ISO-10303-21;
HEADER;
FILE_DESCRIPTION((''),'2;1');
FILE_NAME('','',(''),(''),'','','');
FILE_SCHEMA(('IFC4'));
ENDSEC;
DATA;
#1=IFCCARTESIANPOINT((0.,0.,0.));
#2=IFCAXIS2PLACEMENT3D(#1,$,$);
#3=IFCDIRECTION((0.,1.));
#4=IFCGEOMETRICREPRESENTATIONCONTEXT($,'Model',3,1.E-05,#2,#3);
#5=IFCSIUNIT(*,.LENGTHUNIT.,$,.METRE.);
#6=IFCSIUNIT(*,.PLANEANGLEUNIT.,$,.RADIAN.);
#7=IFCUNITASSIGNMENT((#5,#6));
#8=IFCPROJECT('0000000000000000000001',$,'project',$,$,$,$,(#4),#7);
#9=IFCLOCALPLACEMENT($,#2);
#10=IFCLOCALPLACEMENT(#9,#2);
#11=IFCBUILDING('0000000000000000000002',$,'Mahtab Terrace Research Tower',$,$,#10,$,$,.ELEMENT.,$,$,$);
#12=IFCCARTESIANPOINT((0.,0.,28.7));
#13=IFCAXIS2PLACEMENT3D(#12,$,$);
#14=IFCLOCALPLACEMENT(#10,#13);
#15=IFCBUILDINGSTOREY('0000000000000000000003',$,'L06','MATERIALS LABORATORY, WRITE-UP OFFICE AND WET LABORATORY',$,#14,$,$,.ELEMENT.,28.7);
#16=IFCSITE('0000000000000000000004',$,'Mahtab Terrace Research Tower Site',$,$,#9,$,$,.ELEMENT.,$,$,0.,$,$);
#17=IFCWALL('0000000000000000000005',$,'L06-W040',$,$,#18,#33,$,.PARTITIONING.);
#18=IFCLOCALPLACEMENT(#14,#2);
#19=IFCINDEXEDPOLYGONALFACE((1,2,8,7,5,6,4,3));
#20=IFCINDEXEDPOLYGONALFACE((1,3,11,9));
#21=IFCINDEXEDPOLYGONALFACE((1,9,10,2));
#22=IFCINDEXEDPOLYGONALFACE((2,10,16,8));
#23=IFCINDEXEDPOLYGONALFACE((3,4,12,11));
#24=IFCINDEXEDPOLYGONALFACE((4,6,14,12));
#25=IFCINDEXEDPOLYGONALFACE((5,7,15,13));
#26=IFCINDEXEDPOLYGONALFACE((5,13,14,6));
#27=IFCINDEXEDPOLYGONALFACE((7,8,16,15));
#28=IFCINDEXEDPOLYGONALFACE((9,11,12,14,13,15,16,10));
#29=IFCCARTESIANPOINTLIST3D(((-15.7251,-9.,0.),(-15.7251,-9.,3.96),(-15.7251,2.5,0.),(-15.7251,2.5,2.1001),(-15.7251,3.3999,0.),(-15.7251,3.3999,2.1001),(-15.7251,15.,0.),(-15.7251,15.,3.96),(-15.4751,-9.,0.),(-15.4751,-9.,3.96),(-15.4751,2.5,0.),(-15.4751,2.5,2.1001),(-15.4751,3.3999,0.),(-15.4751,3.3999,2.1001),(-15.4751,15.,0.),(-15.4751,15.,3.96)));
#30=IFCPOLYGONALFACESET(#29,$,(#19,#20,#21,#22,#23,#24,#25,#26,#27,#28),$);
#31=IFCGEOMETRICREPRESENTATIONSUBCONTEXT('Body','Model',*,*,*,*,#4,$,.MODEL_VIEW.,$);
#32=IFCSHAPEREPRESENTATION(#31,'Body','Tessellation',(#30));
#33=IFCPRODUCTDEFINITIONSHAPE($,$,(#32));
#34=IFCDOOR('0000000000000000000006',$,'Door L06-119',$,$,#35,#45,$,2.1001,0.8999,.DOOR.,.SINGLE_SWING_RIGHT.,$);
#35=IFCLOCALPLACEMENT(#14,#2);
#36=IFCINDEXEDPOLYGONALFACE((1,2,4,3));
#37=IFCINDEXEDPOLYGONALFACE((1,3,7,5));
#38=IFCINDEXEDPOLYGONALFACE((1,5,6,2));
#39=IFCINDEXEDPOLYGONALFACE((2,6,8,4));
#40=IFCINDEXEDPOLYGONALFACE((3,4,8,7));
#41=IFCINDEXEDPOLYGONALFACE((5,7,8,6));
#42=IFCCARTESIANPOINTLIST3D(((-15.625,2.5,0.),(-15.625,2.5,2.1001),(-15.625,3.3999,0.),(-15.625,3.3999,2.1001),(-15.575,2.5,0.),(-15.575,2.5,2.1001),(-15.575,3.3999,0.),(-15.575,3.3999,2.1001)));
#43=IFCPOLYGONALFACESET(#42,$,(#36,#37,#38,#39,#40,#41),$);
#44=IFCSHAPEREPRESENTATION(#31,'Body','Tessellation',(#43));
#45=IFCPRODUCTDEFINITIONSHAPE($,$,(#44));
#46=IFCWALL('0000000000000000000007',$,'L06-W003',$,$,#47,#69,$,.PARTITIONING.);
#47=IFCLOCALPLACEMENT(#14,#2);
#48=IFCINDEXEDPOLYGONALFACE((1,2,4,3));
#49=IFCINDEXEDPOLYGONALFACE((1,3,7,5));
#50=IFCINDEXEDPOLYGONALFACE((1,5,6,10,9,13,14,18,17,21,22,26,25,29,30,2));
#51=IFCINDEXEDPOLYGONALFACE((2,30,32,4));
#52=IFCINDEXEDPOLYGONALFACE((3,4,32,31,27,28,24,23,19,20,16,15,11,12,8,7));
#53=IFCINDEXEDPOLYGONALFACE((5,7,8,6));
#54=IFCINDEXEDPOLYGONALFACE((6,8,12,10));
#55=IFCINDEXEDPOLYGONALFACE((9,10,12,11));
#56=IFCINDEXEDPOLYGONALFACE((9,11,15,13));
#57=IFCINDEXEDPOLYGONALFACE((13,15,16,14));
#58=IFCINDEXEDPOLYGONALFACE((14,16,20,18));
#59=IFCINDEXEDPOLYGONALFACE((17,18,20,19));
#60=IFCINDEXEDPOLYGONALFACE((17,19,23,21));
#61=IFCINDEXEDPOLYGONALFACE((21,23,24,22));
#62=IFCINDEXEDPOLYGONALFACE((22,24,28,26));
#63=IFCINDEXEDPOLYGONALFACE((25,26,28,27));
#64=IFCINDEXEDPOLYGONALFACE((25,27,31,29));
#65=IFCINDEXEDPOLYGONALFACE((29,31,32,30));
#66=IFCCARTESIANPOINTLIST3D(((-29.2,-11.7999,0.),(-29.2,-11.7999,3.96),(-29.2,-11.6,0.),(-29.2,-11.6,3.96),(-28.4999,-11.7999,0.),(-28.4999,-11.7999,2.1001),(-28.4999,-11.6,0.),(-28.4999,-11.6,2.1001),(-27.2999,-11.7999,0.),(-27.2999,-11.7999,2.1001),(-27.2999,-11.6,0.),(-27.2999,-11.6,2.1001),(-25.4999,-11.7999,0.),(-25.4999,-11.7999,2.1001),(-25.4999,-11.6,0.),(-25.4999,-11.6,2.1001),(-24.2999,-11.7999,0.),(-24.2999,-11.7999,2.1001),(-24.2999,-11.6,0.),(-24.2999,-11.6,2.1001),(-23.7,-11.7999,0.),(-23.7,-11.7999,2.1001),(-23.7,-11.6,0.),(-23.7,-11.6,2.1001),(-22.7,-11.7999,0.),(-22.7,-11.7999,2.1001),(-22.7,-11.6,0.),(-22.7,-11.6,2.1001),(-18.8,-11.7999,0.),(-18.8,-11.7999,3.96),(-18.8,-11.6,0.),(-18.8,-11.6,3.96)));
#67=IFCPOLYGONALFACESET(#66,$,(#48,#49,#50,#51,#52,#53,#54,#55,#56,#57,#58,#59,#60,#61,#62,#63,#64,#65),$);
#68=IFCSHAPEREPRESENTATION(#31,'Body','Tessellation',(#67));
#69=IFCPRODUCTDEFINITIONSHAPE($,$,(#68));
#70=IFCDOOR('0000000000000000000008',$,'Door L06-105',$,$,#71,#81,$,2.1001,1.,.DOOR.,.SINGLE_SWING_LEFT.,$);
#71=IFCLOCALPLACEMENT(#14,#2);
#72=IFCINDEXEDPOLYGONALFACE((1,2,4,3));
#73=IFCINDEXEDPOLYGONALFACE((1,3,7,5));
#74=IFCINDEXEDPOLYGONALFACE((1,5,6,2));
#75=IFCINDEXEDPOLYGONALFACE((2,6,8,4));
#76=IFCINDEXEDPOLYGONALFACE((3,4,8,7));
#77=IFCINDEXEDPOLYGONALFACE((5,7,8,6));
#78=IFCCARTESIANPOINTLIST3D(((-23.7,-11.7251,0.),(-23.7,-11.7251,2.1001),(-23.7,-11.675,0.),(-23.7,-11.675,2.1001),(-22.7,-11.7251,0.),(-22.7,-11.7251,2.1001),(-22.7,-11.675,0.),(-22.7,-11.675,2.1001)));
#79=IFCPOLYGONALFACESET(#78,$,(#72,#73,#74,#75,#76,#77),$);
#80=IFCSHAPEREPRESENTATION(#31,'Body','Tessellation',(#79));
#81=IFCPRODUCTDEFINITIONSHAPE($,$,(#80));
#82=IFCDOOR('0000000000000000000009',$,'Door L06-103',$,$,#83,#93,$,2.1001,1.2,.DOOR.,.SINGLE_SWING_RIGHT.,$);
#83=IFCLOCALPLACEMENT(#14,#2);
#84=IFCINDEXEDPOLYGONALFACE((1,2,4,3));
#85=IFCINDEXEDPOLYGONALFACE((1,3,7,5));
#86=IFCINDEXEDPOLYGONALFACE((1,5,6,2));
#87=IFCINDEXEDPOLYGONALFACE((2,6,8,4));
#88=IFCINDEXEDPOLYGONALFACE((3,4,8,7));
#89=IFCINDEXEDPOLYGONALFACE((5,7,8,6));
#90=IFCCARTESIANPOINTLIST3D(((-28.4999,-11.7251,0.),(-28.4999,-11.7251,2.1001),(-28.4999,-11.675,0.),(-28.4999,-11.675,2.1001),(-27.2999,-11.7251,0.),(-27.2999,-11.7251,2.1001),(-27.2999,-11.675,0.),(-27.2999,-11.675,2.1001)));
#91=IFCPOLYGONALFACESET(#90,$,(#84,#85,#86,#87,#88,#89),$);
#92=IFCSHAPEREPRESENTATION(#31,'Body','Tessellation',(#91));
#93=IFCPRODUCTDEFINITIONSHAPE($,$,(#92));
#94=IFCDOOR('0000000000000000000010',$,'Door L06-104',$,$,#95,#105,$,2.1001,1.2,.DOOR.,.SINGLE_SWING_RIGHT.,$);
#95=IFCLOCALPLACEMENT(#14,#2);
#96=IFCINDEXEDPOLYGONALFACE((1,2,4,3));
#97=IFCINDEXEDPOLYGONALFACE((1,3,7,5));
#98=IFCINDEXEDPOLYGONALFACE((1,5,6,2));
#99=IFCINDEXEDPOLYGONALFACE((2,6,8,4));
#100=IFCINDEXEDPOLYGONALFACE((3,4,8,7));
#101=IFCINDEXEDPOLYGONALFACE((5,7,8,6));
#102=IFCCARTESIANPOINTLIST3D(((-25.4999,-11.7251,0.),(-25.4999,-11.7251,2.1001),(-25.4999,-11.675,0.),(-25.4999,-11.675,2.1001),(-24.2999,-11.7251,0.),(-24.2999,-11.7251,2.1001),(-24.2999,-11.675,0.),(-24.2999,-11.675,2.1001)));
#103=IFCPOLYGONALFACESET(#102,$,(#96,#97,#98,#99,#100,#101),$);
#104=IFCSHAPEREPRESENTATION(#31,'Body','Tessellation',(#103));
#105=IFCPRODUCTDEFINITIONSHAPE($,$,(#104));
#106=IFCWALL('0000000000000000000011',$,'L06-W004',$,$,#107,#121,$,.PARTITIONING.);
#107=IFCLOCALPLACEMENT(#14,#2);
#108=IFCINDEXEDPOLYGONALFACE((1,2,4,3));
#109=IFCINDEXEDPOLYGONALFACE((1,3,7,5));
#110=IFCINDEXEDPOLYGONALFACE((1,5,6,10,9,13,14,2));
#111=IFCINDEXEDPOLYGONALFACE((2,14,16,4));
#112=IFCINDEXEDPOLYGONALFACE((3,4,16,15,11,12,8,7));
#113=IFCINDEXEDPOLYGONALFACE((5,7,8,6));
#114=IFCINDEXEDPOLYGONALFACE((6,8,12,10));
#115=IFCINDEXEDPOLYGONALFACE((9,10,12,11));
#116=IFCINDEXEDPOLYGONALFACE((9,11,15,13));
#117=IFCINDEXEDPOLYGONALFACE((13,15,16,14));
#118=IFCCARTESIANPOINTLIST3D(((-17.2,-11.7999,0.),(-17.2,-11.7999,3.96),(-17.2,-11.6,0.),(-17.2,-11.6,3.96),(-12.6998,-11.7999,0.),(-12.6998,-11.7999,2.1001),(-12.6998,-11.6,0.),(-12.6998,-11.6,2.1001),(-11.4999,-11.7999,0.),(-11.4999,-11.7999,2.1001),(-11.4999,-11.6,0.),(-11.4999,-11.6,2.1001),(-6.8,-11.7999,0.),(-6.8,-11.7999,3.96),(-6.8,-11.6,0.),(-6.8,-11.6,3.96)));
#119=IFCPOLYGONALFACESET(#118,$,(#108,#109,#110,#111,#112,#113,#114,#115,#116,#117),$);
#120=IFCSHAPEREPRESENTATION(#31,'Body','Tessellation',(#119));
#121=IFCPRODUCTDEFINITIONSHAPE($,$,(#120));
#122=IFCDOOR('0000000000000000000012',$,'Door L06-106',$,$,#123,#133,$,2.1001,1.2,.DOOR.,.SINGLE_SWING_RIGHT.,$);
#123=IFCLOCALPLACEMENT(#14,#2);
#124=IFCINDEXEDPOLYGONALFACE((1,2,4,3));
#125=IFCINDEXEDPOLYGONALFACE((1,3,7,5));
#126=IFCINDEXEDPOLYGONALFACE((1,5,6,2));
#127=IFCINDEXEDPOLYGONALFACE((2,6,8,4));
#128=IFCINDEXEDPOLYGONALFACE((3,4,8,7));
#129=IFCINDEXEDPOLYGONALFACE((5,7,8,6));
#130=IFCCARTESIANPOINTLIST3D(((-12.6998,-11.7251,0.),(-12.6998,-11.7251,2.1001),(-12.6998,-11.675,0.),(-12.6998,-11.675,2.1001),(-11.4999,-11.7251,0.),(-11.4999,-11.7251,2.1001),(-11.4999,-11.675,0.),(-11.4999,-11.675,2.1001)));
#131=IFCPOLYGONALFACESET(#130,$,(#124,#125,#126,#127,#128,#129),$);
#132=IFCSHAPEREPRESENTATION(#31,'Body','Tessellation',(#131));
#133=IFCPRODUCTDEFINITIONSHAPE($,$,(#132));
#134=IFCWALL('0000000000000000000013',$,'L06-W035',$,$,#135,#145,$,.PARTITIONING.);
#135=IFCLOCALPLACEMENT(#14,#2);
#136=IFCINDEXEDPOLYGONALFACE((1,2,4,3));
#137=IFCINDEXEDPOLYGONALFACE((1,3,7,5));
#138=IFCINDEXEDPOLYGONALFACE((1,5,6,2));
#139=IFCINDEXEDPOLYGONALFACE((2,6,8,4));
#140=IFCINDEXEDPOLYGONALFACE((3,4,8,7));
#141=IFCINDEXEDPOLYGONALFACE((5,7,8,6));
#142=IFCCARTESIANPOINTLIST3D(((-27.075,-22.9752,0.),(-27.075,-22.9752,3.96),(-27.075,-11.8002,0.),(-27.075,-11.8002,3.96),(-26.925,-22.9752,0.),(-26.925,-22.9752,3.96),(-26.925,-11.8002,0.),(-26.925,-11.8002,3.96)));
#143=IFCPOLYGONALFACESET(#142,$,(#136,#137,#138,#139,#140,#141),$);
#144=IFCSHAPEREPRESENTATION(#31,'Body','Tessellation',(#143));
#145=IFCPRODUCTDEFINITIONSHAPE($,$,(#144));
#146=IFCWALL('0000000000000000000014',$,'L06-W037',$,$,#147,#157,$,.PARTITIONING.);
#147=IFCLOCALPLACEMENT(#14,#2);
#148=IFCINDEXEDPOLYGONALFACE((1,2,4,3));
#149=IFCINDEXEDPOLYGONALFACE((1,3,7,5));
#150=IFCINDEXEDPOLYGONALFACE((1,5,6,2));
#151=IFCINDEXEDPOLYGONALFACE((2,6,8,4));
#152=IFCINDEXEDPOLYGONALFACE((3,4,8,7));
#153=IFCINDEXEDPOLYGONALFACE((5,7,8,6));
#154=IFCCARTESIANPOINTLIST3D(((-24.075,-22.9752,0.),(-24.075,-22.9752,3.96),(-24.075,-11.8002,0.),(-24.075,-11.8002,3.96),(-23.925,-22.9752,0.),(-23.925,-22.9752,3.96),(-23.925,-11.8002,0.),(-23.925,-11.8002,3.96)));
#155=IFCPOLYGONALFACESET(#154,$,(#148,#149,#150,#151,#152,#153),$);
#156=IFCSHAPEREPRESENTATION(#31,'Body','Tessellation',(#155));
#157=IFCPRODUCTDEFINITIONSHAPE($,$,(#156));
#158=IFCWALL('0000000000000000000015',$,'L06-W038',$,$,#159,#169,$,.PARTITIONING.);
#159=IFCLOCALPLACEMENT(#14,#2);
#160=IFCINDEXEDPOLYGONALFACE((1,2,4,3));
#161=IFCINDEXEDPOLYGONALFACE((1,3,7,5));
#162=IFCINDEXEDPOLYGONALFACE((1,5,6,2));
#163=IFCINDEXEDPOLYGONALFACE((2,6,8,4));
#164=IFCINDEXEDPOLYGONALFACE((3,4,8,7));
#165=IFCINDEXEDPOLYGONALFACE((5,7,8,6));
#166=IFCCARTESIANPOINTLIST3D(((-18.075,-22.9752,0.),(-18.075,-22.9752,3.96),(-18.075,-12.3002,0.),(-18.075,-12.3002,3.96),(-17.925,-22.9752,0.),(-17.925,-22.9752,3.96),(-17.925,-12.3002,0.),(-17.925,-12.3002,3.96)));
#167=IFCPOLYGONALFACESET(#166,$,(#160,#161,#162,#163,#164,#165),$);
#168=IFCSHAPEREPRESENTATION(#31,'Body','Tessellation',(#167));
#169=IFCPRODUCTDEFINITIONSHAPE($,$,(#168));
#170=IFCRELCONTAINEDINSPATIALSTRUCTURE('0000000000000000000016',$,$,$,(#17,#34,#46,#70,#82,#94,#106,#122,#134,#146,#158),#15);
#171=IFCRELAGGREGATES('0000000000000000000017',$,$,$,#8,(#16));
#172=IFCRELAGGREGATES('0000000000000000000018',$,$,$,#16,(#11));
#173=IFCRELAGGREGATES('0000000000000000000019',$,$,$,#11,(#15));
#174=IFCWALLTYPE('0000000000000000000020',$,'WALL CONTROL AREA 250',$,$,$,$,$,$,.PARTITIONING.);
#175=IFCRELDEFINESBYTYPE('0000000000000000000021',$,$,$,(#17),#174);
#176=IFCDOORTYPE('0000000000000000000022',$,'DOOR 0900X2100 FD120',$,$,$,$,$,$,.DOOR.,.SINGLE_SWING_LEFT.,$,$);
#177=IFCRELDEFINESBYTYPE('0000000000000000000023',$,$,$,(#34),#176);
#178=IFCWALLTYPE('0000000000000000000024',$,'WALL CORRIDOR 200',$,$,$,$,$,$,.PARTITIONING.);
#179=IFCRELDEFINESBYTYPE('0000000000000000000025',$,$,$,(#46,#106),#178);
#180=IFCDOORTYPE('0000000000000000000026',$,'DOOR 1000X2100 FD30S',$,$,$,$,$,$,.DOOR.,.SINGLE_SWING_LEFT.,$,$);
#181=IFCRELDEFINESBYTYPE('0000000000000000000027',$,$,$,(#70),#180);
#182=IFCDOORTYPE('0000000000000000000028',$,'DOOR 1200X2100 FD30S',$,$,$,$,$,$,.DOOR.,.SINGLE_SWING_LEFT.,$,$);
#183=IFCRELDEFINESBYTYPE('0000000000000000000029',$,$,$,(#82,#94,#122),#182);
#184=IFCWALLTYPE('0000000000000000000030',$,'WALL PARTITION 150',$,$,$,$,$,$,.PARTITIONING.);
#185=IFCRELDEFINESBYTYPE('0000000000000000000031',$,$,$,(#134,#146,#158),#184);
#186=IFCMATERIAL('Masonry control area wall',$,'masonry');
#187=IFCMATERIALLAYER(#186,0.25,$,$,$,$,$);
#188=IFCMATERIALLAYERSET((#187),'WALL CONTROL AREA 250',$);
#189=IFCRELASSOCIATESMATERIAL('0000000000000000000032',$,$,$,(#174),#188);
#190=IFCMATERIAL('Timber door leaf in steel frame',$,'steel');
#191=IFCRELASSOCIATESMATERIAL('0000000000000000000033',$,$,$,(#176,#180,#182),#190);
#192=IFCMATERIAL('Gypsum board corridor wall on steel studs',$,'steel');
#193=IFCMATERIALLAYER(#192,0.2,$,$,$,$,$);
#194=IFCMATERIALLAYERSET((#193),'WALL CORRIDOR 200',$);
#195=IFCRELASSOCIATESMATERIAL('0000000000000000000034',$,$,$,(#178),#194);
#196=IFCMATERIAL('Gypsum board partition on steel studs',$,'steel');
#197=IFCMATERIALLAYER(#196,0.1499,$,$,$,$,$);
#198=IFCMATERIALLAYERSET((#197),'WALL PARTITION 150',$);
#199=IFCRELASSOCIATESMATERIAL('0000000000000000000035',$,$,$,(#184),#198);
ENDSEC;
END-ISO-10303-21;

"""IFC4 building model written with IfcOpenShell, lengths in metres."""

from ifc_helpers import new_model, si_unit, direction, frame, frame_2d, origin, place, context, subcontext, project, spatial, rectangle, extrude, material, layer, layer_set, type_object, element, fill, save


model = new_model("IFC4")

# Units and contexts
model_context = context("Model", 3, precision=1e-05, world=origin(), true_north=direction((0.0, 1.0)))
body_context = subcontext(model_context, "Body", "Model", "MODEL_VIEW")
ifc_project = project(units=[si_unit("LENGTHUNIT", "METRE"), si_unit("PLANEANGLEUNIT", "RADIAN")], contexts=[model_context])

# Site, building, storey
site_placement = place(None, origin())
site = spatial("IfcSite", under=ifc_project, at=site_placement, Name="Mahtab Terrace Research Tower Site", CompositionType="ELEMENT", RefElevation=0.0)
building_placement = place(site_placement, origin())
building = spatial("IfcBuilding", under=site, at=building_placement, Name="Mahtab Terrace Research Tower", CompositionType="ELEMENT")
storey_placement = place(building_placement, frame((0.0, 0.0, 28.7)))
storey = spatial("IfcBuildingStorey", under=building, at=storey_placement, Name="L06", Description="MATERIALS LABORATORY, WRITE-UP OFFICE AND WET LABORATORY", CompositionType="ELEMENT", Elevation=28.7)

# Shared definitions
ifc_material_1 = material(Name="Masonry control area wall", Category="masonry")
ifc_layer_1 = layer(ifc_material_1, 0.25)
ifc_layer_set_1 = layer_set([ifc_layer_1], Name="WALL CONTROL AREA 250")
wall_type_1 = type_object("IfcWallType", Name="WALL CONTROL AREA 250", PredefinedType="PARTITIONING", material=ifc_layer_set_1)

# Wall, opening, door
wall_1_placement = place(storey_placement, frame((-15.6001, -9.0, 0.0), z_axis=(0.0, 0.0, 1.0), x_axis=(0.0, 1.0, 0.0)))
wall_1 = element("IfcWall", 1, at=wall_1_placement, inside=storey, type_object=wall_type_1, Name="L06-W040", PredefinedType="PARTITIONING", context=body_context, shape_type="SweptSolid", body=[
    extrude(rectangle(XDim=24.0, YDim=0.25, at=frame_2d((12.0, 0.0))), origin(), (0.0, 0.0, 1.0), 3.96),
])
opening_1_placement = place(wall_1_placement, frame((11.5, 0.0, 0.0)))
opening_1 = element("IfcOpeningElement", 2, at=opening_1_placement, cuts=wall_1, PredefinedType="OPENING", context=body_context, shape_type="SweptSolid", body=[
    extrude(rectangle(XDim=0.8999, YDim=2.1001, at=frame_2d((0.45, 1.05))), frame((0.0, 0.135, 0.0), z_axis=(0.0, -1.0, 0.0), x_axis=(1.0, 0.0, 0.0)), (0.0, 0.0, 1.0), 0.27),
])
ifc_material_2 = material(Name="Timber door leaf in steel frame", Category="steel")
door_type_1 = type_object("IfcDoorType", Name="DOOR 0900X2100 FD120", OperationType="SINGLE_SWING_LEFT", PredefinedType="DOOR", material=ifc_material_2)
door_1_placement = place(opening_1_placement, origin())
door_1 = element("IfcDoor", 3, at=door_1_placement, inside=storey, type_object=door_type_1, Name="Door L06-119", OperationType="SINGLE_SWING_RIGHT", OverallHeight=2.1001, OverallWidth=0.8999, PredefinedType="DOOR", context=body_context, shape_type="SweptSolid", body=[
    extrude(rectangle(XDim=0.8999, YDim=2.1001, at=frame_2d((0.45, 1.05))), frame((0.0, 0.0249, 0.0), z_axis=(0.0, -1.0, 0.0), x_axis=(1.0, 0.0, 0.0)), (0.0, 0.0, 1.0), 0.05),
])
fill(opening_1, door_1)

# Wall, openings, doors
ifc_material_3 = material(Name="Gypsum board corridor wall on steel studs", Category="steel")
ifc_layer_2 = layer(ifc_material_3, 0.2)
ifc_layer_set_2 = layer_set([ifc_layer_2], Name="WALL CORRIDOR 200")
wall_type_2 = type_object("IfcWallType", Name="WALL CORRIDOR 200", PredefinedType="PARTITIONING", material=ifc_layer_set_2)
wall_2_placement = place(storey_placement, frame((-29.2, -11.7, 0.0), z_axis=(0.0, 0.0, 1.0), x_axis=(1.0, 0.0, 0.0)))
wall_2 = element("IfcWall", 4, at=wall_2_placement, inside=storey, type_object=wall_type_2, Name="L06-W003", PredefinedType="PARTITIONING", context=body_context, shape_type="SweptSolid", body=[
    extrude(rectangle(XDim=10.3999, YDim=0.2, at=frame_2d((5.2, 0.0))), origin(), (0.0, 0.0, 1.0), 3.96),
])
opening_2_placement = place(wall_2_placement, frame((0.7, 0.0, 0.0)))
opening_2 = element("IfcOpeningElement", 5, at=opening_2_placement, cuts=wall_2, PredefinedType="OPENING", context=body_context, shape_type="SweptSolid", body=[
    extrude(rectangle(XDim=1.2, YDim=2.1001, at=frame_2d((0.6001, 1.05))), frame((0.0, 0.1099, 0.0), z_axis=(0.0, -1.0, 0.0), x_axis=(1.0, 0.0, 0.0)), (0.0, 0.0, 1.0), 0.22),
])
opening_3_placement = place(wall_2_placement, frame((3.7, 0.0, 0.0)))
opening_3 = element("IfcOpeningElement", 6, at=opening_3_placement, cuts=wall_2, PredefinedType="OPENING", context=body_context, shape_type="SweptSolid", body=[
    extrude(rectangle(XDim=1.2, YDim=2.1001, at=frame_2d((0.6001, 1.05))), frame((0.0, 0.1099, 0.0), z_axis=(0.0, -1.0, 0.0), x_axis=(1.0, 0.0, 0.0)), (0.0, 0.0, 1.0), 0.22),
])
opening_4_placement = place(wall_2_placement, frame((5.5, 0.0, 0.0)))
opening_4 = element("IfcOpeningElement", 7, at=opening_4_placement, cuts=wall_2, PredefinedType="OPENING", context=body_context, shape_type="SweptSolid", body=[
    extrude(rectangle(XDim=1.0, YDim=2.1001, at=frame_2d((0.5, 1.05))), frame((0.0, 0.1099, 0.0), z_axis=(0.0, -1.0, 0.0), x_axis=(1.0, 0.0, 0.0)), (0.0, 0.0, 1.0), 0.22),
])
door_type_2 = type_object("IfcDoorType", Name="DOOR 1000X2100 FD30S", OperationType="SINGLE_SWING_LEFT", PredefinedType="DOOR", material=ifc_material_2)
door_2_placement = place(opening_4_placement, origin())
door_2 = element("IfcDoor", 8, at=door_2_placement, inside=storey, type_object=door_type_2, Name="Door L06-105", OperationType="SINGLE_SWING_LEFT", OverallHeight=2.1001, OverallWidth=1.0, PredefinedType="DOOR", context=body_context, shape_type="SweptSolid", body=[
    extrude(rectangle(XDim=1.0, YDim=2.1001, at=frame_2d((0.5, 1.05))), frame((0.0, 0.0249, 0.0), z_axis=(0.0, -1.0, 0.0), x_axis=(1.0, 0.0, 0.0)), (0.0, 0.0, 1.0), 0.05),
])
fill(opening_4, door_2)
door_type_3 = type_object("IfcDoorType", Name="DOOR 1200X2100 FD30S", OperationType="SINGLE_SWING_LEFT", PredefinedType="DOOR", material=ifc_material_2)
door_3_placement = place(opening_2_placement, origin())
door_3 = element("IfcDoor", 9, at=door_3_placement, inside=storey, type_object=door_type_3, Name="Door L06-103", OperationType="SINGLE_SWING_RIGHT", OverallHeight=2.1001, OverallWidth=1.2, PredefinedType="DOOR", context=body_context, shape_type="SweptSolid", body=[
    extrude(rectangle(XDim=1.2, YDim=2.1001, at=frame_2d((0.6001, 1.05))), frame((0.0, 0.0249, 0.0), z_axis=(0.0, -1.0, 0.0), x_axis=(1.0, 0.0, 0.0)), (0.0, 0.0, 1.0), 0.05),
])
fill(opening_2, door_3)
door_4_placement = place(opening_3_placement, origin())
door_4 = element("IfcDoor", 10, at=door_4_placement, inside=storey, type_object=door_type_3, Name="Door L06-104", OperationType="SINGLE_SWING_RIGHT", OverallHeight=2.1001, OverallWidth=1.2, PredefinedType="DOOR", context=body_context, shape_type="SweptSolid", body=[
    extrude(rectangle(XDim=1.2, YDim=2.1001, at=frame_2d((0.6001, 1.05))), frame((0.0, 0.0249, 0.0), z_axis=(0.0, -1.0, 0.0), x_axis=(1.0, 0.0, 0.0)), (0.0, 0.0, 1.0), 0.05),
])
fill(opening_3, door_4)

# Wall, opening, door
wall_3_placement = place(storey_placement, frame((-17.2, -11.7, 0.0), z_axis=(0.0, 0.0, 1.0), x_axis=(1.0, 0.0, 0.0)))
wall_3 = element("IfcWall", 11, at=wall_3_placement, inside=storey, type_object=wall_type_2, Name="L06-W004", PredefinedType="PARTITIONING", context=body_context, shape_type="SweptSolid", body=[
    extrude(rectangle(XDim=10.3999, YDim=0.2, at=frame_2d((5.2, 0.0))), origin(), (0.0, 0.0, 1.0), 3.96),
])
opening_5_placement = place(wall_3_placement, frame((4.5, 0.0, 0.0)))
opening_5 = element("IfcOpeningElement", 12, at=opening_5_placement, cuts=wall_3, PredefinedType="OPENING", context=body_context, shape_type="SweptSolid", body=[
    extrude(rectangle(XDim=1.2, YDim=2.1001, at=frame_2d((0.6001, 1.05))), frame((0.0, 0.1099, 0.0), z_axis=(0.0, -1.0, 0.0), x_axis=(1.0, 0.0, 0.0)), (0.0, 0.0, 1.0), 0.22),
])
door_5_placement = place(opening_5_placement, origin())
door_5 = element("IfcDoor", 13, at=door_5_placement, inside=storey, type_object=door_type_3, Name="Door L06-106", OperationType="SINGLE_SWING_RIGHT", OverallHeight=2.1001, OverallWidth=1.2, PredefinedType="DOOR", context=body_context, shape_type="SweptSolid", body=[
    extrude(rectangle(XDim=1.2, YDim=2.1001, at=frame_2d((0.6001, 1.05))), frame((0.0, 0.0249, 0.0), z_axis=(0.0, -1.0, 0.0), x_axis=(1.0, 0.0, 0.0)), (0.0, 0.0, 1.0), 0.05),
])
fill(opening_5, door_5)

# Walls
ifc_material_4 = material(Name="Gypsum board partition on steel studs", Category="steel")
ifc_layer_3 = layer(ifc_material_4, 0.1499)
ifc_layer_set_3 = layer_set([ifc_layer_3], Name="WALL PARTITION 150")
wall_type_3 = type_object("IfcWallType", Name="WALL PARTITION 150", PredefinedType="PARTITIONING", material=ifc_layer_set_3)
for number, where, z_axis, x_axis, name in (
    (14, (-27.0, -22.9751, 0.0), (0.0, 0.0, 1.0), (0.0, 1.0, 0.0), "L06-W035"),
    (15, (-24.0, -22.9751, 0.0), (0.0, 0.0, 1.0), (0.0, 1.0, 0.0), "L06-W037"),
):
    element("IfcWall", number, at=place(storey_placement, frame(where, z_axis=z_axis, x_axis=x_axis)), inside=storey, type_object=wall_type_3, Name=name, PredefinedType="PARTITIONING", context=body_context, shape_type="SweptSolid", body=[
        extrude(rectangle(XDim=11.175, YDim=0.1499, at=frame_2d((5.5874, 0.0))), origin(), (0.0, 0.0, 1.0), 3.96),
    ])
wall_4_placement = place(storey_placement, frame((-18.0, -22.9751, 0.0), z_axis=(0.0, 0.0, 1.0), x_axis=(0.0, 1.0, 0.0)))
element("IfcWall", 16, at=wall_4_placement, inside=storey, type_object=wall_type_3, Name="L06-W038", PredefinedType="PARTITIONING", context=body_context, shape_type="SweptSolid", body=[
    extrude(rectangle(XDim=10.675, YDim=0.1499, at=frame_2d((5.3374, 0.0))), origin(), (0.0, 0.0, 1.0), 3.96),
])

save(model, "model.ifc")
